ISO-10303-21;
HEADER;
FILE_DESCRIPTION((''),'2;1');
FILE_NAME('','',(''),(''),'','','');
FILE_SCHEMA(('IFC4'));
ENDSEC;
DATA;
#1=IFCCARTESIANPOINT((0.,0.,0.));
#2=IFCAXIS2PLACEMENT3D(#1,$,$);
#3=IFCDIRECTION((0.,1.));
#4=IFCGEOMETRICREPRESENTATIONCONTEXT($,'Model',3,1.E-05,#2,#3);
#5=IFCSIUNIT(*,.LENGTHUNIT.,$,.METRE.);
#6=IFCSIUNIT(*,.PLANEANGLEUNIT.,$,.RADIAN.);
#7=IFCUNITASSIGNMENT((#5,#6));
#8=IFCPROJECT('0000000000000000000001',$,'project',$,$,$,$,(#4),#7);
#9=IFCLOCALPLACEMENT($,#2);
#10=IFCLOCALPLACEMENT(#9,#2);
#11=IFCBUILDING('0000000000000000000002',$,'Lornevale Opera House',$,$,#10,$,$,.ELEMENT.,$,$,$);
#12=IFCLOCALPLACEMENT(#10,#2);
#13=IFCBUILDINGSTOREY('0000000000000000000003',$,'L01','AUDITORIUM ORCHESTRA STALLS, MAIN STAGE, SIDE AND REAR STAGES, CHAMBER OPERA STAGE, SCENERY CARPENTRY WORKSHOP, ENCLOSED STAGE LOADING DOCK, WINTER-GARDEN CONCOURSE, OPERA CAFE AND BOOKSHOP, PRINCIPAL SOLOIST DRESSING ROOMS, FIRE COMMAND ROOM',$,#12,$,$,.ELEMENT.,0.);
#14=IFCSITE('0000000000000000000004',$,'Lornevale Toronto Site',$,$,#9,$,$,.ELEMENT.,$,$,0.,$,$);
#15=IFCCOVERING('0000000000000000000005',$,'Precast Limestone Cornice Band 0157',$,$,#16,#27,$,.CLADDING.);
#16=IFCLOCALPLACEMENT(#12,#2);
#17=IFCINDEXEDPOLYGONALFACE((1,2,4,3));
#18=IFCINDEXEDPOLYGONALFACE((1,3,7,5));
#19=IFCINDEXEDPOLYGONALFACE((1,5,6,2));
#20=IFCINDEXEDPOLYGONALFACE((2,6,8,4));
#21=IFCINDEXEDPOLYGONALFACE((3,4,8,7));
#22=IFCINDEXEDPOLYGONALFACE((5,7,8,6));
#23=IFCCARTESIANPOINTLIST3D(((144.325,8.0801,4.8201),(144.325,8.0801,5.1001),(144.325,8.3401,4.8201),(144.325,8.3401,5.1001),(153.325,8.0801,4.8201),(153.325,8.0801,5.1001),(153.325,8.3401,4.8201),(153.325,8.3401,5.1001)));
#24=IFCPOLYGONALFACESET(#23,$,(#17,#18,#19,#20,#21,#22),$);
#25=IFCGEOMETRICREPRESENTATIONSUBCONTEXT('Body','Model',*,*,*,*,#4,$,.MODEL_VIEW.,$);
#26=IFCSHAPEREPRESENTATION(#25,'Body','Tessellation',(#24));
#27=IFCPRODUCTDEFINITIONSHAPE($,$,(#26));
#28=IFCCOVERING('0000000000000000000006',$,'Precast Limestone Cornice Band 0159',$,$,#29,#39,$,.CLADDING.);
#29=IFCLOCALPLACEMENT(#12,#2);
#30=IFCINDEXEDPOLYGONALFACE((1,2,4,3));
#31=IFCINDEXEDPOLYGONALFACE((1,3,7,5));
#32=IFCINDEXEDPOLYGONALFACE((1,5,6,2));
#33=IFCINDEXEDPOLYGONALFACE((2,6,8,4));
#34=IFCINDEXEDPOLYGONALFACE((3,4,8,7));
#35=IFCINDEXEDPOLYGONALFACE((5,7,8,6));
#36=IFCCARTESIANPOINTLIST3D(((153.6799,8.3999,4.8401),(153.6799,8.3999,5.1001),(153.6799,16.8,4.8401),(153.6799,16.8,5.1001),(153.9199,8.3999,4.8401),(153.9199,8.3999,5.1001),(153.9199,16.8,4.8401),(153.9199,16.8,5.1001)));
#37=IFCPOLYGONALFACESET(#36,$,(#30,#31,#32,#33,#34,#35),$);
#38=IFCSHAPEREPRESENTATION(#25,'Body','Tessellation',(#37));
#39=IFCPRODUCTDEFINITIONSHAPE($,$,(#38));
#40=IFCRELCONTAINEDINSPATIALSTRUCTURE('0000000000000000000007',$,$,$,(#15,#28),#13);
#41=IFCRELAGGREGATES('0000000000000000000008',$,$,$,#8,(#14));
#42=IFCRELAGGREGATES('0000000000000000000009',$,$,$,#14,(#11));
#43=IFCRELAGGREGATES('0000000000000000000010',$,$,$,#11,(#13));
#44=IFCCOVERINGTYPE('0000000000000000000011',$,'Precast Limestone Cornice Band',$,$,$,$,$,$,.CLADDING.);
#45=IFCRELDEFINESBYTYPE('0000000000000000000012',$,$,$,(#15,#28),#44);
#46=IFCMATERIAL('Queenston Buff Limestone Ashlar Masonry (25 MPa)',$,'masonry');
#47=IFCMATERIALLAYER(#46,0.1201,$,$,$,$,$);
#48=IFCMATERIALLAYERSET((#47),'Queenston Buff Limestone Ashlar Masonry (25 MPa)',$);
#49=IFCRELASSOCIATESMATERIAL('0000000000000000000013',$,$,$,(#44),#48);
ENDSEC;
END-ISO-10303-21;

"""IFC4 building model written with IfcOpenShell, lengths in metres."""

from ifc_helpers import new_model, si_unit, direction, frame, origin, place, context, subcontext, project, spatial, polyline, outline, extrude, material, layer, layer_set, type_object, element, save


model = new_model("IFC4")

# Units and contexts
model_context = context("Model", 3, precision=1e-05, world=origin(), true_north=direction((0.0, 1.0)))
body_context = subcontext(model_context, "Body", "Model", "MODEL_VIEW")
ifc_project = project(units=[si_unit("LENGTHUNIT", "METRE"), si_unit("PLANEANGLEUNIT", "RADIAN")], contexts=[model_context])

# Site, building, storey
site_placement = place(None, origin())
site = spatial("IfcSite", under=ifc_project, at=site_placement, Name="Lornevale Toronto Site", CompositionType="ELEMENT", RefElevation=0.0)
building_placement = place(site_placement, origin())
building = spatial("IfcBuilding", under=site, at=building_placement, Name="Lornevale Opera House", CompositionType="ELEMENT")
storey_placement = place(building_placement, origin())
storey = spatial("IfcBuildingStorey", under=building, at=storey_placement, Name="L01", Description="AUDITORIUM ORCHESTRA STALLS, MAIN STAGE, SIDE AND REAR STAGES, CHAMBER OPERA STAGE, SCENERY CARPENTRY WORKSHOP, ENCLOSED STAGE LOADING DOCK, WINTER-GARDEN CONCOURSE, OPERA CAFE AND BOOKSHOP, PRINCIPAL SOLOIST DRESSING ROOMS, FIRE COMMAND ROOM", CompositionType="ELEMENT", Elevation=0.0)

# Coverings
ifc_material_1 = material(Name="Queenston Buff Limestone Ashlar Masonry (25 MPa)", Category="masonry")
ifc_layer_1 = layer(ifc_material_1, 0.1201)
ifc_layer_set_1 = layer_set([ifc_layer_1], Name="Queenston Buff Limestone Ashlar Masonry (25 MPa)")
covering_type_1 = type_object("IfcCoveringType", Name="Precast Limestone Cornice Band", PredefinedType="CLADDING", material=ifc_layer_set_1)
covering_1_placement = place(storey_placement, frame((0.0, 0.0, 4.8201)))
element("IfcCovering", 1, at=covering_1_placement, inside=storey, type_object=covering_type_1, Name="Precast Limestone Cornice Band 0157", PredefinedType="CLADDING", context=body_context, shape_type="SweptSolid", body=[
    extrude(outline(polyline([(153.325, 8.3401), (144.325, 8.3401), (144.325, 8.0801), (153.325, 8.0801), (153.325, 8.3401)])), origin(), (0.0, 0.0, 1.0), 0.28),
])
covering_2_placement = place(storey_placement, frame((0.0, 0.0, 4.8401)))
element("IfcCovering", 2, at=covering_2_placement, inside=storey, type_object=covering_type_1, Name="Precast Limestone Cornice Band 0159", PredefinedType="CLADDING", context=body_context, shape_type="SweptSolid", body=[
    extrude(outline(polyline([(153.6799, 16.8), (153.6799, 8.3999), (153.9199, 8.3999), (153.9199, 16.8), (153.6799, 16.8)])), origin(), (0.0, 0.0, 1.0), 0.26),
])

save(model, "model.ifc")
